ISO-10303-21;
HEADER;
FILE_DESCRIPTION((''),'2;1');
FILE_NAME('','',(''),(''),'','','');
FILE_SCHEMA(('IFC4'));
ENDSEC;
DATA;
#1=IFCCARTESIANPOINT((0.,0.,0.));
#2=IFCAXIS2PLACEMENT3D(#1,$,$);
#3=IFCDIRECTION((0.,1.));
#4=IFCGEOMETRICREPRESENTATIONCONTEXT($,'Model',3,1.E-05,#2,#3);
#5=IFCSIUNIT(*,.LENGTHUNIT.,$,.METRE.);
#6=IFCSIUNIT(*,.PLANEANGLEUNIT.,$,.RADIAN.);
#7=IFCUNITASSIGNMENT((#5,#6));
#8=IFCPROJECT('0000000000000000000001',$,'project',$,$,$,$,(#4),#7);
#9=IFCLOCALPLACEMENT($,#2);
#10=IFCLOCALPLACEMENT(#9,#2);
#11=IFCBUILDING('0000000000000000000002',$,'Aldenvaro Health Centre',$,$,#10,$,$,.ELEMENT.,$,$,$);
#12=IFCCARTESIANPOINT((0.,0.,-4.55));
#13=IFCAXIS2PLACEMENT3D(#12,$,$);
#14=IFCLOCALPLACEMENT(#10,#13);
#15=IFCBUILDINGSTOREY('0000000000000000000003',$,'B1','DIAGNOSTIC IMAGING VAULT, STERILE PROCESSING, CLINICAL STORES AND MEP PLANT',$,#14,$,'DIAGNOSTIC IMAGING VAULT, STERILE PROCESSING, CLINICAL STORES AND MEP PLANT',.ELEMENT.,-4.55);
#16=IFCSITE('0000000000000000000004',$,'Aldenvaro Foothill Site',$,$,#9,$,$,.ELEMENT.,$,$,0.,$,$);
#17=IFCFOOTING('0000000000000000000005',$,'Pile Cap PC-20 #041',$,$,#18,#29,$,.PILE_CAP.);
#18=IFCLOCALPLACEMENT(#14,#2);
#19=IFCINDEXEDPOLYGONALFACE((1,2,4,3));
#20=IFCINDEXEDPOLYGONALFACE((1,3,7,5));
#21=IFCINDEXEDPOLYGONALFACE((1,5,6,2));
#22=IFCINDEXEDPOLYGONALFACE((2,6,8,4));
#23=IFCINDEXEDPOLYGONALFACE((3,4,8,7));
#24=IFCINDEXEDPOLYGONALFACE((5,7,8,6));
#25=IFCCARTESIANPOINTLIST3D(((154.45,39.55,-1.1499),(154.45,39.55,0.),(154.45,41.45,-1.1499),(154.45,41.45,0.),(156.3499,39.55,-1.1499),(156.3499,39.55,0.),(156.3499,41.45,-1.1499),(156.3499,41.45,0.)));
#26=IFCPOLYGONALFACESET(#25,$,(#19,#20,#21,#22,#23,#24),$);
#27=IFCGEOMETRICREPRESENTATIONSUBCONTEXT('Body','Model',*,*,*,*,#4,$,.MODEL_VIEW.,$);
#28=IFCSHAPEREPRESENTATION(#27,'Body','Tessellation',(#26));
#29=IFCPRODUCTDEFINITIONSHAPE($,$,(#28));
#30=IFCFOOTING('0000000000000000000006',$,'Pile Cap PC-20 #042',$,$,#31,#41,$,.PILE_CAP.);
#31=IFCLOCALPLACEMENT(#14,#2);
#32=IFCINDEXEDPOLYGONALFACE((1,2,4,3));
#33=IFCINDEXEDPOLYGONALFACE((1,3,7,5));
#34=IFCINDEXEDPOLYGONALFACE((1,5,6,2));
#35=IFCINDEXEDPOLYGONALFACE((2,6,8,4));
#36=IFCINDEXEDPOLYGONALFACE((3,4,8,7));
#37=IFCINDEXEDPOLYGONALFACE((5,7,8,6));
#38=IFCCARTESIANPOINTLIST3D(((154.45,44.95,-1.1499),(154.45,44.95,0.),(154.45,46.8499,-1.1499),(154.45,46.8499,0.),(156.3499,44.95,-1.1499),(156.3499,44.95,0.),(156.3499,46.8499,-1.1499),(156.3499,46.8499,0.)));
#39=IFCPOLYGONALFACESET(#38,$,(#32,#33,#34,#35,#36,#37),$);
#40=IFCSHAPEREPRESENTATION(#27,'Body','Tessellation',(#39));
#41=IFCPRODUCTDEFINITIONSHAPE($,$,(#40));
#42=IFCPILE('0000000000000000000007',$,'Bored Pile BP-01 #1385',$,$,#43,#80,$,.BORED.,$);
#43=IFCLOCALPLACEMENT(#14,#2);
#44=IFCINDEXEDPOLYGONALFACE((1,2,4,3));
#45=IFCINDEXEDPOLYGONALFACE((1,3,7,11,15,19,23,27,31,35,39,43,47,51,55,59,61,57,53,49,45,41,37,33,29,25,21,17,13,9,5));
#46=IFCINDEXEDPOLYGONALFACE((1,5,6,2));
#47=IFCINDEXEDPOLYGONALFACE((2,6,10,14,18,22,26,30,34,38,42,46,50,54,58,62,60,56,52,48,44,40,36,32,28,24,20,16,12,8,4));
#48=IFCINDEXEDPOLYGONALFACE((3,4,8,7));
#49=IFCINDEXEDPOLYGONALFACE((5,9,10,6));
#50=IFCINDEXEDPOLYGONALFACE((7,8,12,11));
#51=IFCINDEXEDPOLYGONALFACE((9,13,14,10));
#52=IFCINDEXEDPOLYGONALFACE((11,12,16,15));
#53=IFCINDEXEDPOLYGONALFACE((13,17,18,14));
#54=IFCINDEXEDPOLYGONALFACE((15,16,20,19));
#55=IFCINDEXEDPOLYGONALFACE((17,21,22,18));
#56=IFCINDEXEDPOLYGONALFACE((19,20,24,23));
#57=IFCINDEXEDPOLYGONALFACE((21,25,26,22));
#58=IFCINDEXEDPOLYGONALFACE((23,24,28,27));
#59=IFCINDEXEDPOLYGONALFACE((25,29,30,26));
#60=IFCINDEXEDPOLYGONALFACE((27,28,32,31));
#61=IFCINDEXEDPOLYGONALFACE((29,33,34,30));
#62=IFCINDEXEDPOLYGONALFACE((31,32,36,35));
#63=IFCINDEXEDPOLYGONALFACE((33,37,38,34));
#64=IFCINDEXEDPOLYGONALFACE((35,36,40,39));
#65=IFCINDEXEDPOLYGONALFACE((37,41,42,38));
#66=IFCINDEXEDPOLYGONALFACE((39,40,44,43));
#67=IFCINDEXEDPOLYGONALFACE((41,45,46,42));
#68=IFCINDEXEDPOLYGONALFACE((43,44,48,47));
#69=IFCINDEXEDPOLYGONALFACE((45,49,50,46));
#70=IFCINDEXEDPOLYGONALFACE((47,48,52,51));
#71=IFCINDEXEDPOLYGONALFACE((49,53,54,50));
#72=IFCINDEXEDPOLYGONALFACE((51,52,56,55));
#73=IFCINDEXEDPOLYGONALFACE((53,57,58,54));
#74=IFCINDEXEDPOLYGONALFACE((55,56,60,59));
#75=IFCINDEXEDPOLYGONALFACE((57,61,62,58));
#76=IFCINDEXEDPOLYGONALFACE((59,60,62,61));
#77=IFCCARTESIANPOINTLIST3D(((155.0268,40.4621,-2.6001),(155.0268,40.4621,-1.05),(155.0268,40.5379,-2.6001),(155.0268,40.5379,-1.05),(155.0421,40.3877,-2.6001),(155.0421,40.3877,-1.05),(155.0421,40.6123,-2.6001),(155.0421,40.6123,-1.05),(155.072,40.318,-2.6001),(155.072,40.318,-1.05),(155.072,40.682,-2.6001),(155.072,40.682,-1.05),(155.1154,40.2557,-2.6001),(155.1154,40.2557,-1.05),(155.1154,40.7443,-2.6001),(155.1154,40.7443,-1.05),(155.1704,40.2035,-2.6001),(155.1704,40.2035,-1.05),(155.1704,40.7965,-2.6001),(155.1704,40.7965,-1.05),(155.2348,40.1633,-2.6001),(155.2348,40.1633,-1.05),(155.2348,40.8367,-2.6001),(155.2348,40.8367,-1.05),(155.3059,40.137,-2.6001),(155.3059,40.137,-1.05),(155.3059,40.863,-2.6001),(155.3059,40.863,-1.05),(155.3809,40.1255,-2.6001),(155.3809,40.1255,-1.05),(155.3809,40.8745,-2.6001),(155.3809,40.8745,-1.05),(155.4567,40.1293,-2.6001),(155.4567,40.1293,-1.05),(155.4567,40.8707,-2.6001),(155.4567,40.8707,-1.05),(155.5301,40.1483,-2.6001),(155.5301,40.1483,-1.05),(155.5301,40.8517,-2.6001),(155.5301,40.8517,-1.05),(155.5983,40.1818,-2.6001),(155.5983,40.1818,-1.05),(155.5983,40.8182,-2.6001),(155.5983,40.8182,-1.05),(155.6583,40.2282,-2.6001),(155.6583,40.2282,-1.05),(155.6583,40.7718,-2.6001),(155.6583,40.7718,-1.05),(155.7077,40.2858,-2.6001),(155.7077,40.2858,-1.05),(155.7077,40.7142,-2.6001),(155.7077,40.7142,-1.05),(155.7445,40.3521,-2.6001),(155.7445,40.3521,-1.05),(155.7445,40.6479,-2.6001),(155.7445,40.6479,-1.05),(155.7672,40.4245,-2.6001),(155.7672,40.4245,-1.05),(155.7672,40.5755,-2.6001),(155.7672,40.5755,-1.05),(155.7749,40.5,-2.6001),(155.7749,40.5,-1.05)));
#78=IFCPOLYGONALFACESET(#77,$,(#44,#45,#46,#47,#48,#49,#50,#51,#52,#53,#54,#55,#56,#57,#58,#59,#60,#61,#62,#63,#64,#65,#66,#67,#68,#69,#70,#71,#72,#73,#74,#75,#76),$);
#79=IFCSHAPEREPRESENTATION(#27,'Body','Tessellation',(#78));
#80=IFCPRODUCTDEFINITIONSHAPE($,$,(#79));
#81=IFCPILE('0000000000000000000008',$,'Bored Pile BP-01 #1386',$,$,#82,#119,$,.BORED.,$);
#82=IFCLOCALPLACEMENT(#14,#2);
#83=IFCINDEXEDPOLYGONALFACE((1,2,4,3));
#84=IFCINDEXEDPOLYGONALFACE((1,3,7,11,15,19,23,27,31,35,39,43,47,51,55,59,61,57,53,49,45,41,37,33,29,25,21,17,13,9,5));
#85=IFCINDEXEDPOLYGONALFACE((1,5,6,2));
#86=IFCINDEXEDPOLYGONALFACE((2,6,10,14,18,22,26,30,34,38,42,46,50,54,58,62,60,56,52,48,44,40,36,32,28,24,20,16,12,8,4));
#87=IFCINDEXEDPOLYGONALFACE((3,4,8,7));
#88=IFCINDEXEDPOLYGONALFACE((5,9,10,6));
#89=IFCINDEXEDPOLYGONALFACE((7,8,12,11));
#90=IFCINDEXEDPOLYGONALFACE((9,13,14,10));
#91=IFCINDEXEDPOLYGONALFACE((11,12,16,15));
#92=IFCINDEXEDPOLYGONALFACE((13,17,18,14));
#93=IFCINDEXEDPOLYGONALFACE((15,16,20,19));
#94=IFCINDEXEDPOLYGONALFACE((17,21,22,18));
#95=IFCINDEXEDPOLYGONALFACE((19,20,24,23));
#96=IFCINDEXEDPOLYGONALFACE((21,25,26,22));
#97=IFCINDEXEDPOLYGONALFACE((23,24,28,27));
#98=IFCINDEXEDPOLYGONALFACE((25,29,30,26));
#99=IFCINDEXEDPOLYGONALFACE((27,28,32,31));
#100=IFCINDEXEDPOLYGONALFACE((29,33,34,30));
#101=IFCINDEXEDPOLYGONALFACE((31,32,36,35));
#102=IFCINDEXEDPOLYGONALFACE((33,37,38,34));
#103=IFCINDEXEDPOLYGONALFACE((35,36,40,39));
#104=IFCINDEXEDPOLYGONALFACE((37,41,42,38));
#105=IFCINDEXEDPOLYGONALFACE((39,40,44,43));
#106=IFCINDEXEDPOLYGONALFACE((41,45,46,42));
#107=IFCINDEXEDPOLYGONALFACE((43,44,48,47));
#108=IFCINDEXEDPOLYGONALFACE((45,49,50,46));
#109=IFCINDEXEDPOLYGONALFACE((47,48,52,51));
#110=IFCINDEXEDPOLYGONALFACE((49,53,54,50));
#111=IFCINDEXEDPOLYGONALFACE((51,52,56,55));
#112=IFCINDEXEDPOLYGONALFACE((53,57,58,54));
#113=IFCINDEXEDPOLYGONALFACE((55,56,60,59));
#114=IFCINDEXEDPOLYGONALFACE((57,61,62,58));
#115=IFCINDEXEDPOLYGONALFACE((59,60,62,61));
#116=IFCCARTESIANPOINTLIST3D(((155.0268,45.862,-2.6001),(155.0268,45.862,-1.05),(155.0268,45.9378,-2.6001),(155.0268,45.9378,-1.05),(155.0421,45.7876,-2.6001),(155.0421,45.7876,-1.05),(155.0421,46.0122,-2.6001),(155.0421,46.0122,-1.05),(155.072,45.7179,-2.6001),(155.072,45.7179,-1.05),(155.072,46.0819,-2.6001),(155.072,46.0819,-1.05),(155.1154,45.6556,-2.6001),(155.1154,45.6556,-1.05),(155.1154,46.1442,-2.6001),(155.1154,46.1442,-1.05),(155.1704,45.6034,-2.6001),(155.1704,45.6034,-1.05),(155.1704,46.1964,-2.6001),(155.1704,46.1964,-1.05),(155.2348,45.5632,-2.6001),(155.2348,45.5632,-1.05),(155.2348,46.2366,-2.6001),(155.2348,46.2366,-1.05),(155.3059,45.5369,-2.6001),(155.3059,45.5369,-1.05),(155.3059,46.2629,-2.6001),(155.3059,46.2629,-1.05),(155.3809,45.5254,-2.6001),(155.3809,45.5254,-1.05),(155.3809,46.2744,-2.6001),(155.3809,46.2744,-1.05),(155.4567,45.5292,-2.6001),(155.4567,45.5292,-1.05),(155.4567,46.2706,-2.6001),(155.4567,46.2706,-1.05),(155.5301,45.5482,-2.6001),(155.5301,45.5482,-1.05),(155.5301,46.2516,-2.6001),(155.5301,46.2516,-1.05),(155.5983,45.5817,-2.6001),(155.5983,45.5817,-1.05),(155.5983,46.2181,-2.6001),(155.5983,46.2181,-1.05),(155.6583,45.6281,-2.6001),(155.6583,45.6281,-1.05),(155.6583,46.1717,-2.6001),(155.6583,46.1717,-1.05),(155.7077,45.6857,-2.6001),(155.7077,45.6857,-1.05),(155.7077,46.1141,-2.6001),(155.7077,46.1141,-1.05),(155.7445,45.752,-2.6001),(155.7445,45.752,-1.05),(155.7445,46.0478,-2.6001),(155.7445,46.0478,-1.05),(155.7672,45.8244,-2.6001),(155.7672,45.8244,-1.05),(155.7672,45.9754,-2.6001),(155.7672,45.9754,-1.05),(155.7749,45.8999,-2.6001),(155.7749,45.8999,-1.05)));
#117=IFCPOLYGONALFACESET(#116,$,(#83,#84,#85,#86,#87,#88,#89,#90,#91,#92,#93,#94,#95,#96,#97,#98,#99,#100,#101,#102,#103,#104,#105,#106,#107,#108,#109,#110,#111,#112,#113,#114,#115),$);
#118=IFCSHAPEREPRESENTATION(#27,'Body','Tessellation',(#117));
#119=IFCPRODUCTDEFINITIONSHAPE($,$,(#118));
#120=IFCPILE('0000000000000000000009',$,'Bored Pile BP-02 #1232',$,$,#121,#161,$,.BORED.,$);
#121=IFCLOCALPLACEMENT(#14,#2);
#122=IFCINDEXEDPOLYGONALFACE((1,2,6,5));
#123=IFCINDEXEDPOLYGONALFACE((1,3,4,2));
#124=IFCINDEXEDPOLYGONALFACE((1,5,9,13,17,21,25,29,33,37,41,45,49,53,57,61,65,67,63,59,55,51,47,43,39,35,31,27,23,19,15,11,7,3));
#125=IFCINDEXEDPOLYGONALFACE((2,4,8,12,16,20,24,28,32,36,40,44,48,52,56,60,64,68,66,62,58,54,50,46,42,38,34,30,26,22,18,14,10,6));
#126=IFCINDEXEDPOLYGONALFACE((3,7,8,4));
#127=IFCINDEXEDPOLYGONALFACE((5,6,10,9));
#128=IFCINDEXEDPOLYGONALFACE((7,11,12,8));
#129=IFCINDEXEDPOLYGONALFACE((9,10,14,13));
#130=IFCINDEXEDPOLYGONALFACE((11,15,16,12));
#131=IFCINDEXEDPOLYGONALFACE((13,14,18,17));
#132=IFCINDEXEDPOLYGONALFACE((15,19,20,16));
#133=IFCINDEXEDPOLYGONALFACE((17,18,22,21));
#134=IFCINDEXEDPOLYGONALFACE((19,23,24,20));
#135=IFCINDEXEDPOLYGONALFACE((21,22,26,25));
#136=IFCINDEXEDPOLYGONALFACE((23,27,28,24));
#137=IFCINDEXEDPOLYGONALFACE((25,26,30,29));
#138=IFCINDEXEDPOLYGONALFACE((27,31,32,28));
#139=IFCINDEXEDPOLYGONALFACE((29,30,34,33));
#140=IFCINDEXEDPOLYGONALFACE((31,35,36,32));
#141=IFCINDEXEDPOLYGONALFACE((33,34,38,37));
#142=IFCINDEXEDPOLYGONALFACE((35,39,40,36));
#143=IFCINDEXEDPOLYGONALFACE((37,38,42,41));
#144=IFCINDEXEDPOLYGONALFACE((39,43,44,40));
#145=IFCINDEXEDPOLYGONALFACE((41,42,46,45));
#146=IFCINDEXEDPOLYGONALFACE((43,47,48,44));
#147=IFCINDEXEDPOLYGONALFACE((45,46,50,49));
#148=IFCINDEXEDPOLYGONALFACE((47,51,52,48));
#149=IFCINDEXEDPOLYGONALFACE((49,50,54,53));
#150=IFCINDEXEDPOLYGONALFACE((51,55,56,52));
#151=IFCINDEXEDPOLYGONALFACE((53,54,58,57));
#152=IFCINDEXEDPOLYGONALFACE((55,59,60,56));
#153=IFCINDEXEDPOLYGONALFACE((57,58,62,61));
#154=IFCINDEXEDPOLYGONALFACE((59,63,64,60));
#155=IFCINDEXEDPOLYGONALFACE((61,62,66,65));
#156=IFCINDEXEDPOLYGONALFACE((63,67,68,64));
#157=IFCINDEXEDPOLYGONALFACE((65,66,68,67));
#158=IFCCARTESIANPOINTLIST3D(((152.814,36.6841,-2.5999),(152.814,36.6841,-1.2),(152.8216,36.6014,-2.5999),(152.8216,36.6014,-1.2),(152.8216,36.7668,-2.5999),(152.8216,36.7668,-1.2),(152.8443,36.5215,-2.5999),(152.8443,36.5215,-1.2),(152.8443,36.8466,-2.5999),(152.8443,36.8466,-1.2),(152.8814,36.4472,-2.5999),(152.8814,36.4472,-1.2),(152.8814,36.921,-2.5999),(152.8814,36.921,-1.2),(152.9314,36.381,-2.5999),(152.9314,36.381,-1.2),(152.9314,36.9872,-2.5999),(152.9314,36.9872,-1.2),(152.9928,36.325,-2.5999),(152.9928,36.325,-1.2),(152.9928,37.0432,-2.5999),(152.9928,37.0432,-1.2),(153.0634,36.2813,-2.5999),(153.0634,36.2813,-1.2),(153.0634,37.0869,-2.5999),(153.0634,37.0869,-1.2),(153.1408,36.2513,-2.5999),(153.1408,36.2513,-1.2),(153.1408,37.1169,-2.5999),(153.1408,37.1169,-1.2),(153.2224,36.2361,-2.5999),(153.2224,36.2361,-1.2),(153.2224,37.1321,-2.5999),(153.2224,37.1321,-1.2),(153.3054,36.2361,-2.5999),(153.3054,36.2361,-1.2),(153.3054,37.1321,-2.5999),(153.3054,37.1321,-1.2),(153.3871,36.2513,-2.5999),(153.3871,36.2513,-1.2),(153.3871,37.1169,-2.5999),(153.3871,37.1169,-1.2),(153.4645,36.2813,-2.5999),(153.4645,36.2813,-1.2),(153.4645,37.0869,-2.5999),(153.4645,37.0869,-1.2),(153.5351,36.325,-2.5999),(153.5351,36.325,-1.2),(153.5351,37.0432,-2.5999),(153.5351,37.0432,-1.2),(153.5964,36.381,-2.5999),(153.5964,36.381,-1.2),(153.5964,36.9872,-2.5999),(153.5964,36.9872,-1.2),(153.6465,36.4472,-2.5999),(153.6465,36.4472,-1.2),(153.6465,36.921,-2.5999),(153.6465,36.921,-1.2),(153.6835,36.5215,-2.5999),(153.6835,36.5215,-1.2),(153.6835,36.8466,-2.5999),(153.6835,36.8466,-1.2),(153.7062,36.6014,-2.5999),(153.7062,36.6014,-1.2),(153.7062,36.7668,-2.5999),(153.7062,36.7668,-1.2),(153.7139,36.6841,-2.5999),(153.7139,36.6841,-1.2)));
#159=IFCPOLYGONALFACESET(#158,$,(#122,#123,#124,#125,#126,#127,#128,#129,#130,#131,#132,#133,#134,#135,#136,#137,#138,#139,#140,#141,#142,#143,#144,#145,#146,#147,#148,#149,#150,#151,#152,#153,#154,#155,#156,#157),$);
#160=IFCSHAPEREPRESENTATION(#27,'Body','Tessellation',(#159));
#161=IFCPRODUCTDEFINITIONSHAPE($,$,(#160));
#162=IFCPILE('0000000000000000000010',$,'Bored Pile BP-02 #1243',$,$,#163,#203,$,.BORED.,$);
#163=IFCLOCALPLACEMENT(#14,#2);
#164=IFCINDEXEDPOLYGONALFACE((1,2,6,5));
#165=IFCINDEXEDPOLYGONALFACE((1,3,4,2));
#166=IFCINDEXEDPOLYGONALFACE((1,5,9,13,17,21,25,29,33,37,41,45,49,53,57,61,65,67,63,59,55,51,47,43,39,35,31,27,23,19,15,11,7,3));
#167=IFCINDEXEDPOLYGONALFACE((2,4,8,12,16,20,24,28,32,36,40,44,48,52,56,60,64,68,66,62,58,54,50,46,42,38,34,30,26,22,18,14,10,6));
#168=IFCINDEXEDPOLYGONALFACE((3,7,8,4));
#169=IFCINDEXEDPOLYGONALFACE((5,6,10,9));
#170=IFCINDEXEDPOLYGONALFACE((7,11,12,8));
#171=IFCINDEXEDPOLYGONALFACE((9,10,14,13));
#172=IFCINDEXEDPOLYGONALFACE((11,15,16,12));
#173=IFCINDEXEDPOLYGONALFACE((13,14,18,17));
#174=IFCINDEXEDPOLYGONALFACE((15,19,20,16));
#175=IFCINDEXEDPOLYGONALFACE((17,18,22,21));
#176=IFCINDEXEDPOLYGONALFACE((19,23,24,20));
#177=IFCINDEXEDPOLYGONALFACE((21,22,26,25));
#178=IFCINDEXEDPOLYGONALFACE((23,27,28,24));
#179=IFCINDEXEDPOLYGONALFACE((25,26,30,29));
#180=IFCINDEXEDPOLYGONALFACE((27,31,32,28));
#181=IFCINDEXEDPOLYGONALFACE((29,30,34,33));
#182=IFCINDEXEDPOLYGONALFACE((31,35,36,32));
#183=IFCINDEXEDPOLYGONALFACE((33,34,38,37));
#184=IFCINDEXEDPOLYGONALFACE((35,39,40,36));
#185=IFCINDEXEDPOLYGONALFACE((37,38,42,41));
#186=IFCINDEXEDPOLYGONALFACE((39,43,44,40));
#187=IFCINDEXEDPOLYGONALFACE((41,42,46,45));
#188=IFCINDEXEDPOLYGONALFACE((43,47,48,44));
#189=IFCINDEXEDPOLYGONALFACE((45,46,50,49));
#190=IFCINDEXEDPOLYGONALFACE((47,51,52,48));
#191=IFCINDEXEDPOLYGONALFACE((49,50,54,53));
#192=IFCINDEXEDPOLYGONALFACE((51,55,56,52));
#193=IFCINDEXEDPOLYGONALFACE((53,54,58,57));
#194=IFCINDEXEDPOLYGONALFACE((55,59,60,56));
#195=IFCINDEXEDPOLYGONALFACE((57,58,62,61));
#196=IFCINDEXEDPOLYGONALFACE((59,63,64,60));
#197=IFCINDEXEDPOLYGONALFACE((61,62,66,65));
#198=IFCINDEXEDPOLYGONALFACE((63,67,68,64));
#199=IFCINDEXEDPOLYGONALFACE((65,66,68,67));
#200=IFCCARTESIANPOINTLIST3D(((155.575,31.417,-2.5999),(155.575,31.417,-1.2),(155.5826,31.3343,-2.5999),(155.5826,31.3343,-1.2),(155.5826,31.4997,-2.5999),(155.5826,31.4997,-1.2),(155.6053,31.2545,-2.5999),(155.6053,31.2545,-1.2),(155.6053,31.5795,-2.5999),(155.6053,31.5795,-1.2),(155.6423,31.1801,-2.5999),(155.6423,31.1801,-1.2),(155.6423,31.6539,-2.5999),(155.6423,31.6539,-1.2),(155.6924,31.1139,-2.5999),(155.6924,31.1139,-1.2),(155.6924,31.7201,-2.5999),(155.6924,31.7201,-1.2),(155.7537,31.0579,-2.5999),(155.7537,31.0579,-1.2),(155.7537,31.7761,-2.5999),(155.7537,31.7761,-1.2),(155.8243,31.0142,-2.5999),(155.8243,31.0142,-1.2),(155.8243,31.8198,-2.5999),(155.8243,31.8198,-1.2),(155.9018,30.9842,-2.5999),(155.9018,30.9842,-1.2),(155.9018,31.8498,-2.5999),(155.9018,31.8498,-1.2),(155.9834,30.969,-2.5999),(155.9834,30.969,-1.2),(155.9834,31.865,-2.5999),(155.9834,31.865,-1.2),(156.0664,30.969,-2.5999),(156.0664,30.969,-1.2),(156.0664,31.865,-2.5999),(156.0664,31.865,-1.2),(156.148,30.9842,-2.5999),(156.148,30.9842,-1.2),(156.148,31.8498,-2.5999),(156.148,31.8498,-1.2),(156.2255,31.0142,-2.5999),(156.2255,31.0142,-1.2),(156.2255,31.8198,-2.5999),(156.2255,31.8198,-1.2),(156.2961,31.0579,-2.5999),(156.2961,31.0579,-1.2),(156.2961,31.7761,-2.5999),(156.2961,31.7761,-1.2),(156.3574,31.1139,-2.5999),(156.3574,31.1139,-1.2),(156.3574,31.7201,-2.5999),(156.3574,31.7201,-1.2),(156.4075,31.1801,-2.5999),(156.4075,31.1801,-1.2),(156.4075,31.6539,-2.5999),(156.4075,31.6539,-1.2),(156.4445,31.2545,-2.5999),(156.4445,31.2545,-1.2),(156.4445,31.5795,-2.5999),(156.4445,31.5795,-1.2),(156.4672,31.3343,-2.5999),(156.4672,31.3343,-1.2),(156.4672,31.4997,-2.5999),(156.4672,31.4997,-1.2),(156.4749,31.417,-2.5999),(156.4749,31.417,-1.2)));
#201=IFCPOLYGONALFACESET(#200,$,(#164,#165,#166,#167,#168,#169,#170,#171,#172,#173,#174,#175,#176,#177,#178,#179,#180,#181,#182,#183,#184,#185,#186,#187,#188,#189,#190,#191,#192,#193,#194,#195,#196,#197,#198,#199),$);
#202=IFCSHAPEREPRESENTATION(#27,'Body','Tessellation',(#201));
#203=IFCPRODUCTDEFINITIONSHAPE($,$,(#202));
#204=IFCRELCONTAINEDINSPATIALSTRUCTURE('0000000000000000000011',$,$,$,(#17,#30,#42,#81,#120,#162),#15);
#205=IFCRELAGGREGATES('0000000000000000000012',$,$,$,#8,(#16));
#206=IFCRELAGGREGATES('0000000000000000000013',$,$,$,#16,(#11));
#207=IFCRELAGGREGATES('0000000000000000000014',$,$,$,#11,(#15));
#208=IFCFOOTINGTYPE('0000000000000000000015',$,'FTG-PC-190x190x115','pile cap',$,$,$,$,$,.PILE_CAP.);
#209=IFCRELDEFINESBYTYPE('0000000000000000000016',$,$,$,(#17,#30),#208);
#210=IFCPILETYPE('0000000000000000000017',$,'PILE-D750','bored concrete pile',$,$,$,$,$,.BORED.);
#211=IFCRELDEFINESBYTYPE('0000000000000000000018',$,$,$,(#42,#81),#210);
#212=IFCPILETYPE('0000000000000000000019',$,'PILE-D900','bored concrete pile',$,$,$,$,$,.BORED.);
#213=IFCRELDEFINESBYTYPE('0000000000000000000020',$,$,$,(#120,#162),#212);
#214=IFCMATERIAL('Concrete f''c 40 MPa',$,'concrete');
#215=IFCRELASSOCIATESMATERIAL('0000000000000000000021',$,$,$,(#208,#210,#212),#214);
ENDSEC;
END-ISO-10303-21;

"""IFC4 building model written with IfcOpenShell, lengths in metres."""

from ifc_helpers import new_model, si_unit, direction, frame, origin, origin_2d, place, context, subcontext, project, spatial, rectangle, circle, extrude, material, material_profile, profile_set, type_object, element, save


model = new_model("IFC4")

# Units and contexts
model_context = context("Model", 3, precision=1e-05, world=origin(), true_north=direction((0.0, 1.0)))
body_context = subcontext(model_context, "Body", "Model", "MODEL_VIEW")
ifc_project = project(units=[si_unit("LENGTHUNIT", "METRE"), si_unit("PLANEANGLEUNIT", "RADIAN")], contexts=[model_context])

# Site, building, storey
site_placement = place(None, origin())
site = spatial("IfcSite", under=ifc_project, at=site_placement, Name="Aldenvaro Foothill Site", CompositionType="ELEMENT", RefElevation=0.0)
building_placement = place(site_placement, origin())
building = spatial("IfcBuilding", under=site, at=building_placement, Name="Aldenvaro Health Centre", CompositionType="ELEMENT")
storey_placement = place(building_placement, frame((0.0, 0.0, -4.55)))
storey = spatial("IfcBuildingStorey", under=building, at=storey_placement, Name="B1", Description="DIAGNOSTIC IMAGING VAULT, STERILE PROCESSING, CLINICAL STORES AND MEP PLANT", LongName="DIAGNOSTIC IMAGING VAULT, STERILE PROCESSING, CLINICAL STORES AND MEP PLANT", CompositionType="ELEMENT", Elevation=-4.55)

# Footings
ifc_material = material(Name="Concrete f'c 40 MPa", Category="concrete")
footing_type = type_object("IfcFootingType", Name="FTG-PC-190x190x115", Description="pile cap", PredefinedType="PILE_CAP", material=ifc_material)
for number, where, z_axis, x_axis, name in (
    (1, (155.3999, 40.5, -1.1499), (0.0, 0.0, 1.0), (1.0, 0.0, 0.0), "Pile Cap PC-20 #041"),
    (2, (155.3999, 45.8999, -1.1499), (0.0, 0.0, 1.0), (1.0, 0.0, 0.0), "Pile Cap PC-20 #042"),
):
    element("IfcFooting", number, at=place(storey_placement, frame(where, z_axis=z_axis, x_axis=x_axis)), inside=storey, type_object=footing_type, Name=name, PredefinedType="PILE_CAP", context=body_context, shape_type="SweptSolid", body=[
        extrude(rectangle(XDim=1.8999, YDim=1.8999, at=origin_2d()), origin(), (0.0, 0.0, 1.0), 1.1499),
    ])

# Piles
ifc_material_profile_1 = material_profile(ifc_material, circle(Radius=0.375, at=origin_2d()), Name="PILE D750", Category="concrete")
ifc_profile_set_1 = profile_set([ifc_material_profile_1], Name="Concrete f'c 40 MPa")
pile_type_1 = type_object("IfcPileType", Name="PILE-D750", Description="bored concrete pile", PredefinedType="BORED", material=ifc_profile_set_1)
for number, where, z_axis, x_axis, name in (
    (3, (155.3999, 40.5, -1.05), (0.0, 0.0, -1.0), (1.0, 0.0, 0.0), "Bored Pile BP-01 #1385"),
    (4, (155.3999, 45.8999, -1.05), (0.0, 0.0, -1.0), (1.0, 0.0, 0.0), "Bored Pile BP-01 #1386"),
):
    element("IfcPile", number, at=place(storey_placement, frame(where, z_axis=z_axis, x_axis=x_axis)), inside=storey, type_object=pile_type_1, Name=name, PredefinedType="BORED", context=body_context, shape_type="SweptSolid", body=[
        extrude(circle(Radius=0.375, at=origin_2d()), origin(), (0.0, 0.0, 1.0), 1.55),
    ])
ifc_material_profile_2 = material_profile(ifc_material, circle(Radius=0.45, at=origin_2d()), Name="PILE D900", Category="concrete")
ifc_profile_set_2 = profile_set([ifc_material_profile_2], Name="Concrete f'c 40 MPa")
pile_type_2 = type_object("IfcPileType", Name="PILE-D900", Description="bored concrete pile", PredefinedType="BORED", material=ifc_profile_set_2)
for number, where, z_axis, x_axis, name in (
    (5, (153.2639, 36.6841, -1.2), (0.0, 0.0, -1.0), (1.0, 0.0, 0.0), "Bored Pile BP-02 #1232"),
    (6, (156.0249, 31.417, -1.2), (0.0, 0.0, -1.0), (1.0, 0.0, 0.0), "Bored Pile BP-02 #1243"),
):
    element("IfcPile", number, at=place(storey_placement, frame(where, z_axis=z_axis, x_axis=x_axis)), inside=storey, type_object=pile_type_2, Name=name, PredefinedType="BORED", context=body_context, shape_type="SweptSolid", body=[
        extrude(circle(Radius=0.45, at=origin_2d()), origin(), (0.0, 0.0, 1.0), 1.3999),
    ])

save(model, "model.ifc")
